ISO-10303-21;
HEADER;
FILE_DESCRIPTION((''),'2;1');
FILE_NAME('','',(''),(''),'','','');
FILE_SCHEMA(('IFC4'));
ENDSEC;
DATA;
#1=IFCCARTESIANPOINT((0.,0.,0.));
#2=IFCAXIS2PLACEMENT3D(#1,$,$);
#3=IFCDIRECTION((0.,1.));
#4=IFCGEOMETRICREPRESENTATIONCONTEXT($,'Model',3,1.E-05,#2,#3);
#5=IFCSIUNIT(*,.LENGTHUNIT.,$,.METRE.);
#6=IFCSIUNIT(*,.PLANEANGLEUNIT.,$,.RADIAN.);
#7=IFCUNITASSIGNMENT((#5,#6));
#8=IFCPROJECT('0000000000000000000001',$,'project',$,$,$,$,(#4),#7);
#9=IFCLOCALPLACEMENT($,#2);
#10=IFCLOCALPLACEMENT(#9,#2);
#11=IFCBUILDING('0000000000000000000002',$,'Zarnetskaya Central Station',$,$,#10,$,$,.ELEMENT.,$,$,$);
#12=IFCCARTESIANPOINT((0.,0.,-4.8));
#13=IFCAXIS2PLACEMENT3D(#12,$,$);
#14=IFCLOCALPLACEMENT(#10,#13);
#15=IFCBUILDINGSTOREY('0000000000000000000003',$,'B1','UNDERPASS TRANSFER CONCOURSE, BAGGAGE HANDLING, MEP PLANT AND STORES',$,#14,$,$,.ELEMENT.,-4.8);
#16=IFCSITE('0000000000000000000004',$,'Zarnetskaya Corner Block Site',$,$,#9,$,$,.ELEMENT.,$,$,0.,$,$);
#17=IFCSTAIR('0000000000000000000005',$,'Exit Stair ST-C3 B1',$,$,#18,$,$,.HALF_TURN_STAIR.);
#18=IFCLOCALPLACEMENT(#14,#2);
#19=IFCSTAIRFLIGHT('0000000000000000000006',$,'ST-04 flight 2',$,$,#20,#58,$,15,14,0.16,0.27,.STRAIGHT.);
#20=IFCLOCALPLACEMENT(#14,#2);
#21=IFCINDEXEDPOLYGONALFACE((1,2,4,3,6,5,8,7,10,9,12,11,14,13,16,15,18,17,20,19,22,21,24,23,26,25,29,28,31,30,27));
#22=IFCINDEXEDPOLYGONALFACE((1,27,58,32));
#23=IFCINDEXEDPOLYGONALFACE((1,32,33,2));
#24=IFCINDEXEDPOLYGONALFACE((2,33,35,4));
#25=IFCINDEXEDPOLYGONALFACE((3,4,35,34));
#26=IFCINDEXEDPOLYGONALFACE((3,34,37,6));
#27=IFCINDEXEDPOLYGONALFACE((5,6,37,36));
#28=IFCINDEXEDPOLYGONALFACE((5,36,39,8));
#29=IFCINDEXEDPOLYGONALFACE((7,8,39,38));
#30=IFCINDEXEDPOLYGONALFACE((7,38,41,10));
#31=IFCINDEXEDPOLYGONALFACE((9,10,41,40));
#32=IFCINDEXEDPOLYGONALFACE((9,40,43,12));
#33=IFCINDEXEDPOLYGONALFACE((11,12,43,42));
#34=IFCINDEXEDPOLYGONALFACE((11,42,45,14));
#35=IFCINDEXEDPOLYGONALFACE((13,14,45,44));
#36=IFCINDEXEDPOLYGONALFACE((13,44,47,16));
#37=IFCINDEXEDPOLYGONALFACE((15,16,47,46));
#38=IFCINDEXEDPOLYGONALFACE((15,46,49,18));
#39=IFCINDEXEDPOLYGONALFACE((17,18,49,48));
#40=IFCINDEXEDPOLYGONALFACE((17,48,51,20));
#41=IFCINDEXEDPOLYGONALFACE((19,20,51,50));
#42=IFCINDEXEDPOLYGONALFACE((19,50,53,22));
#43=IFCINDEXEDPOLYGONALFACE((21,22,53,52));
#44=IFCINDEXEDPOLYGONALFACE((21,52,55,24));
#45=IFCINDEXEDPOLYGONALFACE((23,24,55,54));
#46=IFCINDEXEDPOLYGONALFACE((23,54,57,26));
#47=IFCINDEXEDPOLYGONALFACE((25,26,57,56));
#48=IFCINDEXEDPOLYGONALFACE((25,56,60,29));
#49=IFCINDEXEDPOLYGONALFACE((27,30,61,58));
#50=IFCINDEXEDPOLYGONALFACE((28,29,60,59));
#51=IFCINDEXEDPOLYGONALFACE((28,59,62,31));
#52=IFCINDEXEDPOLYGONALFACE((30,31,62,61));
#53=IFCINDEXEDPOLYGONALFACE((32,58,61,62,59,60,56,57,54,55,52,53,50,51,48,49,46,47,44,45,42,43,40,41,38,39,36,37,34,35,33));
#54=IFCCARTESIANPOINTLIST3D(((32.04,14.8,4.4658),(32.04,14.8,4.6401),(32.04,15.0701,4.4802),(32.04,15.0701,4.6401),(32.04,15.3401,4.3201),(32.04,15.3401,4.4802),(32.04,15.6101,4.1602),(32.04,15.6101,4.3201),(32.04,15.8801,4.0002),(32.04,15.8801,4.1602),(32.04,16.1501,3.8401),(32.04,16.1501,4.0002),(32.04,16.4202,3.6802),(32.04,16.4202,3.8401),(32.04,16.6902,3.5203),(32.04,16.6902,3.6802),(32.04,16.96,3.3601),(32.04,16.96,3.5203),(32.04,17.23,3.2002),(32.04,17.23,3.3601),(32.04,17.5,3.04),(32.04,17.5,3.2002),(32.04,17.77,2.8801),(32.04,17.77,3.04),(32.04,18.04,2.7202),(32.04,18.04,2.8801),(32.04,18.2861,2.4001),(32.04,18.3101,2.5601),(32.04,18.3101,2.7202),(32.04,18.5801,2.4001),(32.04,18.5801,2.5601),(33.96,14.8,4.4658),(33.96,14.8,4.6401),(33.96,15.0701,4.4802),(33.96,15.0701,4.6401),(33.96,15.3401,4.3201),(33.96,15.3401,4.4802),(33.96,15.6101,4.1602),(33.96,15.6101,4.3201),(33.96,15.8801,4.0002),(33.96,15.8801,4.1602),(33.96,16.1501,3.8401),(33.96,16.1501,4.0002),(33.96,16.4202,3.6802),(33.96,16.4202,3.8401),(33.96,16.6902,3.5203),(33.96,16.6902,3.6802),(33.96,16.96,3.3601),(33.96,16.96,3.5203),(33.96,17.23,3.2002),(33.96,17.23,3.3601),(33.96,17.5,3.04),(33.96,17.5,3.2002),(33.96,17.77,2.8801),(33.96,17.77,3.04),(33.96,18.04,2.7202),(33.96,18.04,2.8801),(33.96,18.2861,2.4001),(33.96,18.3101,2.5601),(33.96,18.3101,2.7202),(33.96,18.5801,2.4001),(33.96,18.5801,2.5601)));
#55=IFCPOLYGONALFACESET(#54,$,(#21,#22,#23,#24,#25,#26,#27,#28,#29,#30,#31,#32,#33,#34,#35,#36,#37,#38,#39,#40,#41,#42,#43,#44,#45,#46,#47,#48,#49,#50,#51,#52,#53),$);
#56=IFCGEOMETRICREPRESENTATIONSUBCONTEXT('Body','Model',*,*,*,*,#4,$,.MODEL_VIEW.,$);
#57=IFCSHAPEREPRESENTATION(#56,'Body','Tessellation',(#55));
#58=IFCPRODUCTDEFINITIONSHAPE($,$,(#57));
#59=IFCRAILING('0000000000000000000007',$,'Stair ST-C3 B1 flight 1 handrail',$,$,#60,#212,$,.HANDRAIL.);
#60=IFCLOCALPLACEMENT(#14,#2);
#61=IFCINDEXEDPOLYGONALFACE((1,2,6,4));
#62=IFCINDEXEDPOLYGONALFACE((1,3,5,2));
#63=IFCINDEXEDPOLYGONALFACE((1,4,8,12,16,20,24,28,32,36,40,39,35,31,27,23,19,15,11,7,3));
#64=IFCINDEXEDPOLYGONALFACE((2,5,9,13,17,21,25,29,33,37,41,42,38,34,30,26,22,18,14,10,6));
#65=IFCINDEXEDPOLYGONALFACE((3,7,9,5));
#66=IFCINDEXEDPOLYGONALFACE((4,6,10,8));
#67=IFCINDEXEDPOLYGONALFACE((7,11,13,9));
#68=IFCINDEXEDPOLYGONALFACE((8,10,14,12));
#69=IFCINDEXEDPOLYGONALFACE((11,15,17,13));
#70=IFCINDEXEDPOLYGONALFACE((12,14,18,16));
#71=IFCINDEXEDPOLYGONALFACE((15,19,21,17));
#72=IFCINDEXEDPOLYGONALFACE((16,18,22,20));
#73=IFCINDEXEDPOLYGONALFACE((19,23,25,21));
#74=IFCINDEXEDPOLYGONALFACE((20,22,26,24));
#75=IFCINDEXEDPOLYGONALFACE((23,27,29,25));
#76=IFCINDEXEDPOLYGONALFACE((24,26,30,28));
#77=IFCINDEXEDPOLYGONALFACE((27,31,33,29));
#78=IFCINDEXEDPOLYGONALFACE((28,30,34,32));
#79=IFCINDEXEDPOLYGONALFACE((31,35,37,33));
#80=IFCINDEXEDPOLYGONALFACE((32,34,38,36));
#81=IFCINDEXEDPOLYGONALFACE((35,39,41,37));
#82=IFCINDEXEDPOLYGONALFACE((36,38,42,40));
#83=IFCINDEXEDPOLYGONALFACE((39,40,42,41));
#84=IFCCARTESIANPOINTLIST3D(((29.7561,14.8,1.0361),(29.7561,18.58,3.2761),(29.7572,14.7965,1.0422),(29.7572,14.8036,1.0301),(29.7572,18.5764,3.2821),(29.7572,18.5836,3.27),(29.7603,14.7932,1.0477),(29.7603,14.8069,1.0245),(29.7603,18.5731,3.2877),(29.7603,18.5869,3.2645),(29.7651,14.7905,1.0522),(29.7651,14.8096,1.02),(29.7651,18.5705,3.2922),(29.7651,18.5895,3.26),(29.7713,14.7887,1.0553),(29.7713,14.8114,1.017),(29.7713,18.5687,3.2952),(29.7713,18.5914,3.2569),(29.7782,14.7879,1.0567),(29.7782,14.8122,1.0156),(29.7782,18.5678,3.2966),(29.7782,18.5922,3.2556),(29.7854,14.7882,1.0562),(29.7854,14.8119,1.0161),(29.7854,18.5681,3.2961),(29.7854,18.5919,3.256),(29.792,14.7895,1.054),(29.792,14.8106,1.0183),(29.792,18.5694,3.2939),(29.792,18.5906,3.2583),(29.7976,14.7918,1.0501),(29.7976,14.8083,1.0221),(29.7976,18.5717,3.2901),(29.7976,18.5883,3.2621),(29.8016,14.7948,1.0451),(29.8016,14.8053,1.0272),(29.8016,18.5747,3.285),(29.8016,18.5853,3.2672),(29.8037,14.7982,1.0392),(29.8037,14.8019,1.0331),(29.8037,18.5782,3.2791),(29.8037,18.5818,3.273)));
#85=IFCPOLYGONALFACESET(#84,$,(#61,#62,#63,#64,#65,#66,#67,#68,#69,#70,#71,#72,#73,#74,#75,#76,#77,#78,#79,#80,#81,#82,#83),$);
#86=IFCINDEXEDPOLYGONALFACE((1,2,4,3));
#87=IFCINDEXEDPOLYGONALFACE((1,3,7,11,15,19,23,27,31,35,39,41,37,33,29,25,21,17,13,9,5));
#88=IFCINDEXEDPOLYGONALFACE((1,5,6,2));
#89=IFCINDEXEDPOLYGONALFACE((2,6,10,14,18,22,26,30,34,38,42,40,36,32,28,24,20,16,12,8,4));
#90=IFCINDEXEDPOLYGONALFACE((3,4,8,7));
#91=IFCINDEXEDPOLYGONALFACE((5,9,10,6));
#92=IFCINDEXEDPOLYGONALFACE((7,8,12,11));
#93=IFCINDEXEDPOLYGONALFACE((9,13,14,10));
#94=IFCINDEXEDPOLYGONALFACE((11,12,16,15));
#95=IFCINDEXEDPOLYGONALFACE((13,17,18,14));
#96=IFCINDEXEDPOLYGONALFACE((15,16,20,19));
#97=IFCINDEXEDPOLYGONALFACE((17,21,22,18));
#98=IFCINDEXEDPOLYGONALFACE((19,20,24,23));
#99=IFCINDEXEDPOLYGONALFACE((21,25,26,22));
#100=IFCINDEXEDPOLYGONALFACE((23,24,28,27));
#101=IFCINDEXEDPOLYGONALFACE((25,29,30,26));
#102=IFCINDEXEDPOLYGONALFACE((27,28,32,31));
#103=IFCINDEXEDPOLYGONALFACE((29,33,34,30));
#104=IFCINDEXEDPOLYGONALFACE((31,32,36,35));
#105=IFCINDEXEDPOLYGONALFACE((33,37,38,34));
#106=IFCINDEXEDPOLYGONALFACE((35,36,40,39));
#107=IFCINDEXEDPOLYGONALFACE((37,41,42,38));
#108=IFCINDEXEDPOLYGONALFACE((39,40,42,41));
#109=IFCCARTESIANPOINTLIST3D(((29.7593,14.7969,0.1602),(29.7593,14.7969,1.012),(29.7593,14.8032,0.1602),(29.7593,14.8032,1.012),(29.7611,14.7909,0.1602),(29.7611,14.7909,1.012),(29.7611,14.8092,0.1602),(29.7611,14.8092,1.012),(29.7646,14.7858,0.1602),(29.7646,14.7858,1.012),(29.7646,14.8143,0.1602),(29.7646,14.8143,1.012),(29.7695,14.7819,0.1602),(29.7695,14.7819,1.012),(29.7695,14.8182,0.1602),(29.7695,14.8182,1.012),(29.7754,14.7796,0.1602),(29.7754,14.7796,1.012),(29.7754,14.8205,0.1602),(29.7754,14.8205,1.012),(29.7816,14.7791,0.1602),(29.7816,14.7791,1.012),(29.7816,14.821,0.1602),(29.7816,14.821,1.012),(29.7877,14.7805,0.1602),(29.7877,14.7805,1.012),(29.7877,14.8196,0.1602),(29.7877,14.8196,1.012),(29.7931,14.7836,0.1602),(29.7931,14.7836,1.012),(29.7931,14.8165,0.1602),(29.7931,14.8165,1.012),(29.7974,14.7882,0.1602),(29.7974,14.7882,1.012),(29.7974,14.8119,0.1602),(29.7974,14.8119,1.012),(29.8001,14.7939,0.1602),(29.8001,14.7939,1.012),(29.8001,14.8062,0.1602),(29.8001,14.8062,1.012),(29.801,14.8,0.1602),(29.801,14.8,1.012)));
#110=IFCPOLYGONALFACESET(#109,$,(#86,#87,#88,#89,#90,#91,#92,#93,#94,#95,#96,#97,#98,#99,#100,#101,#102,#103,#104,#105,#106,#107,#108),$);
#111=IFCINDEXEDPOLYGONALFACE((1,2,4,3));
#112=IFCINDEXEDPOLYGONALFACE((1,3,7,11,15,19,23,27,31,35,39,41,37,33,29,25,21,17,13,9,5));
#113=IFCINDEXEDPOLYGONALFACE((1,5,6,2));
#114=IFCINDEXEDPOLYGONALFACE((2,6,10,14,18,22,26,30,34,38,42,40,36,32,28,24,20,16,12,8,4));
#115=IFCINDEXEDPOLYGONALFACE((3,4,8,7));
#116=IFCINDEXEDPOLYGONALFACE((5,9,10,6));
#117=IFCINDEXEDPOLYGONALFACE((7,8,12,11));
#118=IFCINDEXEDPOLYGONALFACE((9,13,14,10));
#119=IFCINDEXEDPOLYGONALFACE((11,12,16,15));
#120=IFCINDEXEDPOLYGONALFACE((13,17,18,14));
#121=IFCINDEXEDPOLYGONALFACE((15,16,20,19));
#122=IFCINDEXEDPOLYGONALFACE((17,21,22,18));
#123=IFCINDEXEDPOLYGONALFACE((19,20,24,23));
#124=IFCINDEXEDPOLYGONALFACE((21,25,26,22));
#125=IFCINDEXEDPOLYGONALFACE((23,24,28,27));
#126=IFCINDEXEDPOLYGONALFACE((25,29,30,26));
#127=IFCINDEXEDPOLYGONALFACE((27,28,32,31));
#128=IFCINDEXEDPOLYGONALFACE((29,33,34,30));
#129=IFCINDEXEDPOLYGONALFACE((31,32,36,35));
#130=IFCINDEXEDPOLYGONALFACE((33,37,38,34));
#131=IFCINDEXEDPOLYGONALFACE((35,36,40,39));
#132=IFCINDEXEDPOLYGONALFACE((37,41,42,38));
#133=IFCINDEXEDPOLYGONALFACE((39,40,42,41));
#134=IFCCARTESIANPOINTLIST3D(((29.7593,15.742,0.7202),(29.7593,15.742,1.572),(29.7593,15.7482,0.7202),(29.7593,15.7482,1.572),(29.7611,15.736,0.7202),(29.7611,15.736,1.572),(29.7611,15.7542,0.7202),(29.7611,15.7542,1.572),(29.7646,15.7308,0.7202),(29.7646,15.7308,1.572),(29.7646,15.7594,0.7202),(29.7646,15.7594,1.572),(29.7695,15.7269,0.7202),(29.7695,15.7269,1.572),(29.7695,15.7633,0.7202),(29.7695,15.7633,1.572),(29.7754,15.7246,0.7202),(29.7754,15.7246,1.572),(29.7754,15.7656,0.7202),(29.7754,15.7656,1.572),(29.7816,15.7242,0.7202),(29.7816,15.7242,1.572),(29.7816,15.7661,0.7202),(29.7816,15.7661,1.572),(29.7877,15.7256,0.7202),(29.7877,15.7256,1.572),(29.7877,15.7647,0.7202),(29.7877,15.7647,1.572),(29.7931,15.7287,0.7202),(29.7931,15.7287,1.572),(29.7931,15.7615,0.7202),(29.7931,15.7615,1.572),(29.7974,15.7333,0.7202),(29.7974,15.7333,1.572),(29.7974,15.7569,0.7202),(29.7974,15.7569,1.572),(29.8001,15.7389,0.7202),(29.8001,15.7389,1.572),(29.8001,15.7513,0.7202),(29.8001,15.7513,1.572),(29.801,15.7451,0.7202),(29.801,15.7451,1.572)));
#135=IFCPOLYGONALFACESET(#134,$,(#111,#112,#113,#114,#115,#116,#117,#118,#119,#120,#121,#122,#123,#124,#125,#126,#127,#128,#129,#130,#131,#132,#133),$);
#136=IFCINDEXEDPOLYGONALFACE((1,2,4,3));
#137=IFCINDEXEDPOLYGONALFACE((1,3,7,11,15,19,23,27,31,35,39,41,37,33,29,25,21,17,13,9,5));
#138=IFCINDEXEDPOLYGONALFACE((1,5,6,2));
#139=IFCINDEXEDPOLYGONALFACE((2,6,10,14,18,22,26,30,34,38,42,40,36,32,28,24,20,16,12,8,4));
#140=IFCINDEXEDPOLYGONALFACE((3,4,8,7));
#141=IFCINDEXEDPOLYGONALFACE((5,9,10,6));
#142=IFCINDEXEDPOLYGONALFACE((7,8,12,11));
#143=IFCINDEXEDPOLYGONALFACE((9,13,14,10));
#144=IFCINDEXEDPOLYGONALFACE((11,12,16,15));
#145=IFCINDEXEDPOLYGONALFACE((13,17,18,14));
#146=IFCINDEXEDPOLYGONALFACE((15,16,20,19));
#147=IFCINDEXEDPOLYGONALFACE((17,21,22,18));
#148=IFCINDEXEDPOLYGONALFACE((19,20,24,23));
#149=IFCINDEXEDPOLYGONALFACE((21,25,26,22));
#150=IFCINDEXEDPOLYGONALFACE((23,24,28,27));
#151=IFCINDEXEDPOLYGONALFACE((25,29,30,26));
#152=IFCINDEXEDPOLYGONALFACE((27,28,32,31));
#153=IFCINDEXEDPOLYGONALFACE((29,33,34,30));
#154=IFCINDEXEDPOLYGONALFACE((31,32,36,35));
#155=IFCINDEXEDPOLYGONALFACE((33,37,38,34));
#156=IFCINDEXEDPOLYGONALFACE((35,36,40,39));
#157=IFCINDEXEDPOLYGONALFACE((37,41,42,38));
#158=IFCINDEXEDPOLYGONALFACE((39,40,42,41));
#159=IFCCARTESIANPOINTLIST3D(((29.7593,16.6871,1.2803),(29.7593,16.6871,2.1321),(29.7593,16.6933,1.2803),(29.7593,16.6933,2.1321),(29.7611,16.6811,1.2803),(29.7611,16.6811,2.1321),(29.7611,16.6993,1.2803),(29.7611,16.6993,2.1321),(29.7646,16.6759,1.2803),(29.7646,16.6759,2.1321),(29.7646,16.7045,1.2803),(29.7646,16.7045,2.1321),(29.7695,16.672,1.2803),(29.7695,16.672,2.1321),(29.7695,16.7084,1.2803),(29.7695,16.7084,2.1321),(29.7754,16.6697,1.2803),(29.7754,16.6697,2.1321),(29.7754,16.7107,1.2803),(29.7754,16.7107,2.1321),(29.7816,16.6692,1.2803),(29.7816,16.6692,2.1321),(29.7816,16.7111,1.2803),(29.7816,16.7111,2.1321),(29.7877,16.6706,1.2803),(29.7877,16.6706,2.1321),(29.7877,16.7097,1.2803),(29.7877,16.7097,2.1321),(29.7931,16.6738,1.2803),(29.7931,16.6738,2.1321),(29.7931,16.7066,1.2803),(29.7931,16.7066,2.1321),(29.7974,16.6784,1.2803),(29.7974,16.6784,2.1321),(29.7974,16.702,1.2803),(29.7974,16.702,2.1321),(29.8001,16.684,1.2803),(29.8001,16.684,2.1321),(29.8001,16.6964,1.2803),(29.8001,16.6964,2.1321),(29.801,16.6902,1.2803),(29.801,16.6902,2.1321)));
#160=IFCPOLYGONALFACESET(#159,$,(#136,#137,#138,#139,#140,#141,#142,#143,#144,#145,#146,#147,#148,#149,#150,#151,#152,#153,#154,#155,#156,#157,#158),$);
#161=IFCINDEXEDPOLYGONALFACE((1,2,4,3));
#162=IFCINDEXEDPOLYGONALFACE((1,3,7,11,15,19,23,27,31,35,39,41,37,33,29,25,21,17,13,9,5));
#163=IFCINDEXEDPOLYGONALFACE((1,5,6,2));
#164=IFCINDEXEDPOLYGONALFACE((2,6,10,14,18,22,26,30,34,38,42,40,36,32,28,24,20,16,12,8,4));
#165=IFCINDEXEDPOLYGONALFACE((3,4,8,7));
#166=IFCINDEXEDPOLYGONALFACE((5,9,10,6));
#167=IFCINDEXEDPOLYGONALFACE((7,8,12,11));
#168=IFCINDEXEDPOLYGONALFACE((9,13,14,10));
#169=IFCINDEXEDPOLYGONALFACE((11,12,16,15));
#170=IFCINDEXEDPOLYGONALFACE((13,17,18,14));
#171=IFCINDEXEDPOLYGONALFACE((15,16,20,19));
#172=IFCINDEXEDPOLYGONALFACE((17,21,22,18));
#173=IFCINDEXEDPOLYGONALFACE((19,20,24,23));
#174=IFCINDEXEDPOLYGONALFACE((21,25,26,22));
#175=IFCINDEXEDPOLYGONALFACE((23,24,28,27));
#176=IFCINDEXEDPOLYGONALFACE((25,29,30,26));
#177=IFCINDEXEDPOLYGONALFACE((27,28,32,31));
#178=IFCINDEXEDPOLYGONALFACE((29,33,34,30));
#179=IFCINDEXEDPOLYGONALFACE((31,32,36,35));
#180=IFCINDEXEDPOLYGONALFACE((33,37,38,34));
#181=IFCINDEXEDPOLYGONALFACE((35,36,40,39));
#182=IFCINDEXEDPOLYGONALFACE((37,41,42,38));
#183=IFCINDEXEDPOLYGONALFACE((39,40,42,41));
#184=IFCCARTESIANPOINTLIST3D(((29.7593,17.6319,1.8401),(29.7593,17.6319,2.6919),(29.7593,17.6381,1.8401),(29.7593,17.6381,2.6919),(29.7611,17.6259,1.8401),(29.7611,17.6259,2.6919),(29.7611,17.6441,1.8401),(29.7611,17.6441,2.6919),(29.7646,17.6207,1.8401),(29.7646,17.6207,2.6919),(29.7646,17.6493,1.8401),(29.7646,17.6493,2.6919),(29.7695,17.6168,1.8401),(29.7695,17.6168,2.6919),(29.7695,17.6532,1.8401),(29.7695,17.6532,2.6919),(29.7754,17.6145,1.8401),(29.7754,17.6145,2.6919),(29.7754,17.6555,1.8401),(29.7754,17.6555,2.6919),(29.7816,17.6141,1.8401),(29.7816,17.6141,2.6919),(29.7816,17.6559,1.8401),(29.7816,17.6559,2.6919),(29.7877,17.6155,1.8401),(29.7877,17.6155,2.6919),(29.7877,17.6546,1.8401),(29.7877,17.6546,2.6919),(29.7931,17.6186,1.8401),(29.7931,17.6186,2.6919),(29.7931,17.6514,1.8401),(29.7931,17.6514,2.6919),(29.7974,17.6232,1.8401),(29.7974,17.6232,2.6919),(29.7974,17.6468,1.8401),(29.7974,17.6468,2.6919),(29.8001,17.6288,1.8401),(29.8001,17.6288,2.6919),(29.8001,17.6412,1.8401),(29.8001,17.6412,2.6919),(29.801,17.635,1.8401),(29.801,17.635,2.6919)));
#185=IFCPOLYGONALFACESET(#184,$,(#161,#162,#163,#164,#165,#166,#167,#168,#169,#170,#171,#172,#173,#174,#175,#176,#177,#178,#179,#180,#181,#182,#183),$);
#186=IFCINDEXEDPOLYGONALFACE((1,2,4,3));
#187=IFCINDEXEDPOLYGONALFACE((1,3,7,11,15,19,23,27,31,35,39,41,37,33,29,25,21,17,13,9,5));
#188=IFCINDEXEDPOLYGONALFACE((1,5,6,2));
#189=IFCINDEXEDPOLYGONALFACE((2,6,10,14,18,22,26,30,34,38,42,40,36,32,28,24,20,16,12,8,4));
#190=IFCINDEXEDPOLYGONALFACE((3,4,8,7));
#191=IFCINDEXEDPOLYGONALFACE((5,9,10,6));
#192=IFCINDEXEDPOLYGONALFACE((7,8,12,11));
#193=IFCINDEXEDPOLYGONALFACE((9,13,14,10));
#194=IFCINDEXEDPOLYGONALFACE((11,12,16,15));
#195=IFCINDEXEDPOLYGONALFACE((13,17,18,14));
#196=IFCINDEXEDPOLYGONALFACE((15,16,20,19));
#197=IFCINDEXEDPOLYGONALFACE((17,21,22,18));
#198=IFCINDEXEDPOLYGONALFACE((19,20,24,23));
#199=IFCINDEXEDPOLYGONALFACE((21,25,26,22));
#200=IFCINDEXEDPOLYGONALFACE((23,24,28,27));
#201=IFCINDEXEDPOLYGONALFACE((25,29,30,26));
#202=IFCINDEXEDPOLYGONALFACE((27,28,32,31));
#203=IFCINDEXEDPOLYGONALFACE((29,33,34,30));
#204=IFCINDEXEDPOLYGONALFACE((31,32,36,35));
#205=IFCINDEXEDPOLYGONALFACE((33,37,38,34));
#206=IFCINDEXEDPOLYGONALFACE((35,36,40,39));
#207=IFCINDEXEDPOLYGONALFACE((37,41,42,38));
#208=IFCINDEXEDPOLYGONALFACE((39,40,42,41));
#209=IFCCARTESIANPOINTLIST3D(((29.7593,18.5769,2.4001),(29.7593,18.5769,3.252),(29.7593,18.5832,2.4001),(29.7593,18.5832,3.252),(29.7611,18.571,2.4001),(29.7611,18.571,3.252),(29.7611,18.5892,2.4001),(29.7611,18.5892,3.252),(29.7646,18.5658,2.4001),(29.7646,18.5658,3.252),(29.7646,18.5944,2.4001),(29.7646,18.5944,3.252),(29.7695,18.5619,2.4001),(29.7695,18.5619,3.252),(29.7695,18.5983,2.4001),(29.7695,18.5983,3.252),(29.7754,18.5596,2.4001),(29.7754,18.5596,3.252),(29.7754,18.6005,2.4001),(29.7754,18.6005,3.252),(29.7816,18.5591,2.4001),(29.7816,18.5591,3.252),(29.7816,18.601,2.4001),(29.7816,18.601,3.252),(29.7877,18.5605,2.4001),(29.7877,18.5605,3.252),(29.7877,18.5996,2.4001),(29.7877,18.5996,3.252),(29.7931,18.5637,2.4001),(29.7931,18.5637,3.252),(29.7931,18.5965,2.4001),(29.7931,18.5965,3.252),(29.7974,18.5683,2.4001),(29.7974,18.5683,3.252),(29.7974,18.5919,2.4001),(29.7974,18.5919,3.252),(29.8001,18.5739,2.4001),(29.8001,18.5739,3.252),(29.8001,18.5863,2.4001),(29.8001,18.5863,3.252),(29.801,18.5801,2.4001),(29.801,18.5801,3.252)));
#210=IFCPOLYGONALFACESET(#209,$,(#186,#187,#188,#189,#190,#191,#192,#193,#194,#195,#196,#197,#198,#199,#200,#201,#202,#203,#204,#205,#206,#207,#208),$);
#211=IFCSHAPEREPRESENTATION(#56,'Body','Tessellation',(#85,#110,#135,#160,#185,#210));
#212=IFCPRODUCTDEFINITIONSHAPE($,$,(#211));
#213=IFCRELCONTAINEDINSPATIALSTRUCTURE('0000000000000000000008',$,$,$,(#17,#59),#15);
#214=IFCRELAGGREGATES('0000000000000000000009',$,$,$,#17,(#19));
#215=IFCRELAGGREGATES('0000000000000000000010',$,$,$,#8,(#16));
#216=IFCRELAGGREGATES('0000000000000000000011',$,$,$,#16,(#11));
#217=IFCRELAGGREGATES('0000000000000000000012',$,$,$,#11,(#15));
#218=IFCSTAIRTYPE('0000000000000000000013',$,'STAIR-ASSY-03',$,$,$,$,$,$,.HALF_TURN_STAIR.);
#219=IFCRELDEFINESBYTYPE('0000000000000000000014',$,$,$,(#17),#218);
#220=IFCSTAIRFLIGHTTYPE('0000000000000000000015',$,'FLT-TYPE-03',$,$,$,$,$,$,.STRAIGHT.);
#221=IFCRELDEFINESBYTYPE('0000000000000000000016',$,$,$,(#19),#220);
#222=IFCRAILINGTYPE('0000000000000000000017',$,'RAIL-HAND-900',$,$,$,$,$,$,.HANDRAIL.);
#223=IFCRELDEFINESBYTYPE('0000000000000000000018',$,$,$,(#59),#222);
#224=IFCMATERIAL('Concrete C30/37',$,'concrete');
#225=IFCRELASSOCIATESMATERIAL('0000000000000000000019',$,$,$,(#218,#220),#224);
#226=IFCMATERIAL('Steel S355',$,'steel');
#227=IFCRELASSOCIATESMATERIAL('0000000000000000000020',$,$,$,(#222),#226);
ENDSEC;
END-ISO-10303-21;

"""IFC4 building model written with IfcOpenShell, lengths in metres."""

from ifc_helpers import new_model, si_unit, direction, frame, origin, origin_2d, place, context, subcontext, project, spatial, polyline, circle, outline, extrude, material, type_object, element, aggregate, save


model = new_model("IFC4")

# Units and contexts
model_context = context("Model", 3, precision=1e-05, world=origin(), true_north=direction((0.0, 1.0)))
body_context = subcontext(model_context, "Body", "Model", "MODEL_VIEW")
ifc_project = project(units=[si_unit("LENGTHUNIT", "METRE"), si_unit("PLANEANGLEUNIT", "RADIAN")], contexts=[model_context])

# Site, building, storey
site_placement = place(None, origin())
site = spatial("IfcSite", under=ifc_project, at=site_placement, Name="Zarnetskaya Corner Block Site", CompositionType="ELEMENT", RefElevation=0.0)
building_placement = place(site_placement, origin())
building = spatial("IfcBuilding", under=site, at=building_placement, Name="Zarnetskaya Central Station", CompositionType="ELEMENT")
storey_placement = place(building_placement, frame((0.0, 0.0, -4.8)))
storey = spatial("IfcBuildingStorey", under=building, at=storey_placement, Name="B1", Description="UNDERPASS TRANSFER CONCOURSE, BAGGAGE HANDLING, MEP PLANT AND STORES", CompositionType="ELEMENT", Elevation=-4.8)

# Shared definitions
ifc_material_1 = material(Name="Concrete C30/37", Category="concrete")

# Stair, stair flight
stair_type = type_object("IfcStairType", Name="STAIR-ASSY-03", PredefinedType="HALF_TURN_STAIR", material=ifc_material_1)
stair_placement = place(storey_placement, origin())
stair = element("IfcStair", 1, at=stair_placement, inside=storey, type_object=stair_type, Name="Exit Stair ST-C3 B1", PredefinedType="HALF_TURN_STAIR")
stair_flight_type = type_object("IfcStairFlightType", Name="FLT-TYPE-03", PredefinedType="STRAIGHT", material=ifc_material_1)
stair_flight_1_placement = place(storey_placement, frame((33.0, 18.5801, 2.4001), z_axis=(0.0, 0.0, 1.0), x_axis=(0.0, -1.0, 0.0)))
stair_flight_1 = element("IfcStairFlight", 2, at=stair_flight_1_placement, type_object=stair_flight_type, Name="ST-04 flight 2", NumberOfRisers=15, NumberOfTreads=14, PredefinedType="STRAIGHT", RiserHeight=0.16, TreadLength=0.27, context=body_context, shape_type="SweptSolid", body=[
    extrude(outline(polyline([(0.0, 0.0), (0.0, 0.1599), (0.27, 0.1599), (0.27, 0.3201), (0.54, 0.3201), (0.54, 0.48), (0.8101, 0.48), (0.8101, 0.6399), (1.0801, 0.6399), (1.0801, 0.8), (1.3501, 0.8), (1.3501, 0.96), (1.6201, 0.96), (1.6201, 1.1201), (1.8899, 1.1201), (1.8899, 1.28), (2.1599, 1.28), (2.1599, 1.4399), (2.4299, 1.4399), (2.4299, 1.6001), (2.7, 1.6001), (2.7, 1.76), (2.97, 1.76), (2.97, 1.9199), (3.24, 1.9199), (3.24, 2.0801), (3.51, 2.0801), (3.51, 2.24), (3.78, 2.24), (3.78, 2.3999), (3.78, 2.0657), (0.2939, 0.0), (0.0, 0.0)])), frame((0.0, 0.96, 0.0), z_axis=(0.0, -1.0, 0.0), x_axis=(1.0, 0.0, 0.0)), (0.0, 0.0, 1.0), 1.9199),
])
aggregate(stair, [stair_flight_1])

# Railing
ifc_material_2 = material(Name="Steel S355", Category="steel")
railing_type_1 = type_object("IfcRailingType", Name="RAIL-HAND-900", PredefinedType="HANDRAIL", material=ifc_material_2)
railing_1_placement = place(storey_placement, frame((29.78, 14.8, 0.1602)))
element("IfcRailing", 3, at=railing_1_placement, inside=storey, type_object=railing_type_1, Name="Stair ST-C3 B1 flight 1 handrail", PredefinedType="HANDRAIL", context=body_context, shape_type="SweptSolid", body=[
    extrude(circle(Radius=0.0239, at=origin_2d()), frame((0.0, 0.0, 0.876), z_axis=(0.0, 0.860294, 0.509798), x_axis=(-1.0, 0.0, 0.0)), (0.0, 0.0, 1.0), 4.3938),
    extrude(circle(Radius=0.021, at=origin_2d()), origin(), (0.0, 0.0, 1.0), 0.8518),
    extrude(circle(Radius=0.021, at=origin_2d()), frame((0.0, 0.9451, 0.5601)), (0.0, 0.0, 1.0), 0.8518),
    extrude(circle(Radius=0.021, at=origin_2d()), frame((0.0, 1.8901, 1.1201)), (0.0, 0.0, 1.0), 0.8518),
    extrude(circle(Radius=0.021, at=origin_2d()), frame((0.0, 2.835, 1.6799)), (0.0, 0.0, 1.0), 0.8518),
    extrude(circle(Radius=0.021, at=origin_2d()), frame((0.0, 3.78, 2.24)), (0.0, 0.0, 1.0), 0.8518),
])

save(model, "model.ifc")
